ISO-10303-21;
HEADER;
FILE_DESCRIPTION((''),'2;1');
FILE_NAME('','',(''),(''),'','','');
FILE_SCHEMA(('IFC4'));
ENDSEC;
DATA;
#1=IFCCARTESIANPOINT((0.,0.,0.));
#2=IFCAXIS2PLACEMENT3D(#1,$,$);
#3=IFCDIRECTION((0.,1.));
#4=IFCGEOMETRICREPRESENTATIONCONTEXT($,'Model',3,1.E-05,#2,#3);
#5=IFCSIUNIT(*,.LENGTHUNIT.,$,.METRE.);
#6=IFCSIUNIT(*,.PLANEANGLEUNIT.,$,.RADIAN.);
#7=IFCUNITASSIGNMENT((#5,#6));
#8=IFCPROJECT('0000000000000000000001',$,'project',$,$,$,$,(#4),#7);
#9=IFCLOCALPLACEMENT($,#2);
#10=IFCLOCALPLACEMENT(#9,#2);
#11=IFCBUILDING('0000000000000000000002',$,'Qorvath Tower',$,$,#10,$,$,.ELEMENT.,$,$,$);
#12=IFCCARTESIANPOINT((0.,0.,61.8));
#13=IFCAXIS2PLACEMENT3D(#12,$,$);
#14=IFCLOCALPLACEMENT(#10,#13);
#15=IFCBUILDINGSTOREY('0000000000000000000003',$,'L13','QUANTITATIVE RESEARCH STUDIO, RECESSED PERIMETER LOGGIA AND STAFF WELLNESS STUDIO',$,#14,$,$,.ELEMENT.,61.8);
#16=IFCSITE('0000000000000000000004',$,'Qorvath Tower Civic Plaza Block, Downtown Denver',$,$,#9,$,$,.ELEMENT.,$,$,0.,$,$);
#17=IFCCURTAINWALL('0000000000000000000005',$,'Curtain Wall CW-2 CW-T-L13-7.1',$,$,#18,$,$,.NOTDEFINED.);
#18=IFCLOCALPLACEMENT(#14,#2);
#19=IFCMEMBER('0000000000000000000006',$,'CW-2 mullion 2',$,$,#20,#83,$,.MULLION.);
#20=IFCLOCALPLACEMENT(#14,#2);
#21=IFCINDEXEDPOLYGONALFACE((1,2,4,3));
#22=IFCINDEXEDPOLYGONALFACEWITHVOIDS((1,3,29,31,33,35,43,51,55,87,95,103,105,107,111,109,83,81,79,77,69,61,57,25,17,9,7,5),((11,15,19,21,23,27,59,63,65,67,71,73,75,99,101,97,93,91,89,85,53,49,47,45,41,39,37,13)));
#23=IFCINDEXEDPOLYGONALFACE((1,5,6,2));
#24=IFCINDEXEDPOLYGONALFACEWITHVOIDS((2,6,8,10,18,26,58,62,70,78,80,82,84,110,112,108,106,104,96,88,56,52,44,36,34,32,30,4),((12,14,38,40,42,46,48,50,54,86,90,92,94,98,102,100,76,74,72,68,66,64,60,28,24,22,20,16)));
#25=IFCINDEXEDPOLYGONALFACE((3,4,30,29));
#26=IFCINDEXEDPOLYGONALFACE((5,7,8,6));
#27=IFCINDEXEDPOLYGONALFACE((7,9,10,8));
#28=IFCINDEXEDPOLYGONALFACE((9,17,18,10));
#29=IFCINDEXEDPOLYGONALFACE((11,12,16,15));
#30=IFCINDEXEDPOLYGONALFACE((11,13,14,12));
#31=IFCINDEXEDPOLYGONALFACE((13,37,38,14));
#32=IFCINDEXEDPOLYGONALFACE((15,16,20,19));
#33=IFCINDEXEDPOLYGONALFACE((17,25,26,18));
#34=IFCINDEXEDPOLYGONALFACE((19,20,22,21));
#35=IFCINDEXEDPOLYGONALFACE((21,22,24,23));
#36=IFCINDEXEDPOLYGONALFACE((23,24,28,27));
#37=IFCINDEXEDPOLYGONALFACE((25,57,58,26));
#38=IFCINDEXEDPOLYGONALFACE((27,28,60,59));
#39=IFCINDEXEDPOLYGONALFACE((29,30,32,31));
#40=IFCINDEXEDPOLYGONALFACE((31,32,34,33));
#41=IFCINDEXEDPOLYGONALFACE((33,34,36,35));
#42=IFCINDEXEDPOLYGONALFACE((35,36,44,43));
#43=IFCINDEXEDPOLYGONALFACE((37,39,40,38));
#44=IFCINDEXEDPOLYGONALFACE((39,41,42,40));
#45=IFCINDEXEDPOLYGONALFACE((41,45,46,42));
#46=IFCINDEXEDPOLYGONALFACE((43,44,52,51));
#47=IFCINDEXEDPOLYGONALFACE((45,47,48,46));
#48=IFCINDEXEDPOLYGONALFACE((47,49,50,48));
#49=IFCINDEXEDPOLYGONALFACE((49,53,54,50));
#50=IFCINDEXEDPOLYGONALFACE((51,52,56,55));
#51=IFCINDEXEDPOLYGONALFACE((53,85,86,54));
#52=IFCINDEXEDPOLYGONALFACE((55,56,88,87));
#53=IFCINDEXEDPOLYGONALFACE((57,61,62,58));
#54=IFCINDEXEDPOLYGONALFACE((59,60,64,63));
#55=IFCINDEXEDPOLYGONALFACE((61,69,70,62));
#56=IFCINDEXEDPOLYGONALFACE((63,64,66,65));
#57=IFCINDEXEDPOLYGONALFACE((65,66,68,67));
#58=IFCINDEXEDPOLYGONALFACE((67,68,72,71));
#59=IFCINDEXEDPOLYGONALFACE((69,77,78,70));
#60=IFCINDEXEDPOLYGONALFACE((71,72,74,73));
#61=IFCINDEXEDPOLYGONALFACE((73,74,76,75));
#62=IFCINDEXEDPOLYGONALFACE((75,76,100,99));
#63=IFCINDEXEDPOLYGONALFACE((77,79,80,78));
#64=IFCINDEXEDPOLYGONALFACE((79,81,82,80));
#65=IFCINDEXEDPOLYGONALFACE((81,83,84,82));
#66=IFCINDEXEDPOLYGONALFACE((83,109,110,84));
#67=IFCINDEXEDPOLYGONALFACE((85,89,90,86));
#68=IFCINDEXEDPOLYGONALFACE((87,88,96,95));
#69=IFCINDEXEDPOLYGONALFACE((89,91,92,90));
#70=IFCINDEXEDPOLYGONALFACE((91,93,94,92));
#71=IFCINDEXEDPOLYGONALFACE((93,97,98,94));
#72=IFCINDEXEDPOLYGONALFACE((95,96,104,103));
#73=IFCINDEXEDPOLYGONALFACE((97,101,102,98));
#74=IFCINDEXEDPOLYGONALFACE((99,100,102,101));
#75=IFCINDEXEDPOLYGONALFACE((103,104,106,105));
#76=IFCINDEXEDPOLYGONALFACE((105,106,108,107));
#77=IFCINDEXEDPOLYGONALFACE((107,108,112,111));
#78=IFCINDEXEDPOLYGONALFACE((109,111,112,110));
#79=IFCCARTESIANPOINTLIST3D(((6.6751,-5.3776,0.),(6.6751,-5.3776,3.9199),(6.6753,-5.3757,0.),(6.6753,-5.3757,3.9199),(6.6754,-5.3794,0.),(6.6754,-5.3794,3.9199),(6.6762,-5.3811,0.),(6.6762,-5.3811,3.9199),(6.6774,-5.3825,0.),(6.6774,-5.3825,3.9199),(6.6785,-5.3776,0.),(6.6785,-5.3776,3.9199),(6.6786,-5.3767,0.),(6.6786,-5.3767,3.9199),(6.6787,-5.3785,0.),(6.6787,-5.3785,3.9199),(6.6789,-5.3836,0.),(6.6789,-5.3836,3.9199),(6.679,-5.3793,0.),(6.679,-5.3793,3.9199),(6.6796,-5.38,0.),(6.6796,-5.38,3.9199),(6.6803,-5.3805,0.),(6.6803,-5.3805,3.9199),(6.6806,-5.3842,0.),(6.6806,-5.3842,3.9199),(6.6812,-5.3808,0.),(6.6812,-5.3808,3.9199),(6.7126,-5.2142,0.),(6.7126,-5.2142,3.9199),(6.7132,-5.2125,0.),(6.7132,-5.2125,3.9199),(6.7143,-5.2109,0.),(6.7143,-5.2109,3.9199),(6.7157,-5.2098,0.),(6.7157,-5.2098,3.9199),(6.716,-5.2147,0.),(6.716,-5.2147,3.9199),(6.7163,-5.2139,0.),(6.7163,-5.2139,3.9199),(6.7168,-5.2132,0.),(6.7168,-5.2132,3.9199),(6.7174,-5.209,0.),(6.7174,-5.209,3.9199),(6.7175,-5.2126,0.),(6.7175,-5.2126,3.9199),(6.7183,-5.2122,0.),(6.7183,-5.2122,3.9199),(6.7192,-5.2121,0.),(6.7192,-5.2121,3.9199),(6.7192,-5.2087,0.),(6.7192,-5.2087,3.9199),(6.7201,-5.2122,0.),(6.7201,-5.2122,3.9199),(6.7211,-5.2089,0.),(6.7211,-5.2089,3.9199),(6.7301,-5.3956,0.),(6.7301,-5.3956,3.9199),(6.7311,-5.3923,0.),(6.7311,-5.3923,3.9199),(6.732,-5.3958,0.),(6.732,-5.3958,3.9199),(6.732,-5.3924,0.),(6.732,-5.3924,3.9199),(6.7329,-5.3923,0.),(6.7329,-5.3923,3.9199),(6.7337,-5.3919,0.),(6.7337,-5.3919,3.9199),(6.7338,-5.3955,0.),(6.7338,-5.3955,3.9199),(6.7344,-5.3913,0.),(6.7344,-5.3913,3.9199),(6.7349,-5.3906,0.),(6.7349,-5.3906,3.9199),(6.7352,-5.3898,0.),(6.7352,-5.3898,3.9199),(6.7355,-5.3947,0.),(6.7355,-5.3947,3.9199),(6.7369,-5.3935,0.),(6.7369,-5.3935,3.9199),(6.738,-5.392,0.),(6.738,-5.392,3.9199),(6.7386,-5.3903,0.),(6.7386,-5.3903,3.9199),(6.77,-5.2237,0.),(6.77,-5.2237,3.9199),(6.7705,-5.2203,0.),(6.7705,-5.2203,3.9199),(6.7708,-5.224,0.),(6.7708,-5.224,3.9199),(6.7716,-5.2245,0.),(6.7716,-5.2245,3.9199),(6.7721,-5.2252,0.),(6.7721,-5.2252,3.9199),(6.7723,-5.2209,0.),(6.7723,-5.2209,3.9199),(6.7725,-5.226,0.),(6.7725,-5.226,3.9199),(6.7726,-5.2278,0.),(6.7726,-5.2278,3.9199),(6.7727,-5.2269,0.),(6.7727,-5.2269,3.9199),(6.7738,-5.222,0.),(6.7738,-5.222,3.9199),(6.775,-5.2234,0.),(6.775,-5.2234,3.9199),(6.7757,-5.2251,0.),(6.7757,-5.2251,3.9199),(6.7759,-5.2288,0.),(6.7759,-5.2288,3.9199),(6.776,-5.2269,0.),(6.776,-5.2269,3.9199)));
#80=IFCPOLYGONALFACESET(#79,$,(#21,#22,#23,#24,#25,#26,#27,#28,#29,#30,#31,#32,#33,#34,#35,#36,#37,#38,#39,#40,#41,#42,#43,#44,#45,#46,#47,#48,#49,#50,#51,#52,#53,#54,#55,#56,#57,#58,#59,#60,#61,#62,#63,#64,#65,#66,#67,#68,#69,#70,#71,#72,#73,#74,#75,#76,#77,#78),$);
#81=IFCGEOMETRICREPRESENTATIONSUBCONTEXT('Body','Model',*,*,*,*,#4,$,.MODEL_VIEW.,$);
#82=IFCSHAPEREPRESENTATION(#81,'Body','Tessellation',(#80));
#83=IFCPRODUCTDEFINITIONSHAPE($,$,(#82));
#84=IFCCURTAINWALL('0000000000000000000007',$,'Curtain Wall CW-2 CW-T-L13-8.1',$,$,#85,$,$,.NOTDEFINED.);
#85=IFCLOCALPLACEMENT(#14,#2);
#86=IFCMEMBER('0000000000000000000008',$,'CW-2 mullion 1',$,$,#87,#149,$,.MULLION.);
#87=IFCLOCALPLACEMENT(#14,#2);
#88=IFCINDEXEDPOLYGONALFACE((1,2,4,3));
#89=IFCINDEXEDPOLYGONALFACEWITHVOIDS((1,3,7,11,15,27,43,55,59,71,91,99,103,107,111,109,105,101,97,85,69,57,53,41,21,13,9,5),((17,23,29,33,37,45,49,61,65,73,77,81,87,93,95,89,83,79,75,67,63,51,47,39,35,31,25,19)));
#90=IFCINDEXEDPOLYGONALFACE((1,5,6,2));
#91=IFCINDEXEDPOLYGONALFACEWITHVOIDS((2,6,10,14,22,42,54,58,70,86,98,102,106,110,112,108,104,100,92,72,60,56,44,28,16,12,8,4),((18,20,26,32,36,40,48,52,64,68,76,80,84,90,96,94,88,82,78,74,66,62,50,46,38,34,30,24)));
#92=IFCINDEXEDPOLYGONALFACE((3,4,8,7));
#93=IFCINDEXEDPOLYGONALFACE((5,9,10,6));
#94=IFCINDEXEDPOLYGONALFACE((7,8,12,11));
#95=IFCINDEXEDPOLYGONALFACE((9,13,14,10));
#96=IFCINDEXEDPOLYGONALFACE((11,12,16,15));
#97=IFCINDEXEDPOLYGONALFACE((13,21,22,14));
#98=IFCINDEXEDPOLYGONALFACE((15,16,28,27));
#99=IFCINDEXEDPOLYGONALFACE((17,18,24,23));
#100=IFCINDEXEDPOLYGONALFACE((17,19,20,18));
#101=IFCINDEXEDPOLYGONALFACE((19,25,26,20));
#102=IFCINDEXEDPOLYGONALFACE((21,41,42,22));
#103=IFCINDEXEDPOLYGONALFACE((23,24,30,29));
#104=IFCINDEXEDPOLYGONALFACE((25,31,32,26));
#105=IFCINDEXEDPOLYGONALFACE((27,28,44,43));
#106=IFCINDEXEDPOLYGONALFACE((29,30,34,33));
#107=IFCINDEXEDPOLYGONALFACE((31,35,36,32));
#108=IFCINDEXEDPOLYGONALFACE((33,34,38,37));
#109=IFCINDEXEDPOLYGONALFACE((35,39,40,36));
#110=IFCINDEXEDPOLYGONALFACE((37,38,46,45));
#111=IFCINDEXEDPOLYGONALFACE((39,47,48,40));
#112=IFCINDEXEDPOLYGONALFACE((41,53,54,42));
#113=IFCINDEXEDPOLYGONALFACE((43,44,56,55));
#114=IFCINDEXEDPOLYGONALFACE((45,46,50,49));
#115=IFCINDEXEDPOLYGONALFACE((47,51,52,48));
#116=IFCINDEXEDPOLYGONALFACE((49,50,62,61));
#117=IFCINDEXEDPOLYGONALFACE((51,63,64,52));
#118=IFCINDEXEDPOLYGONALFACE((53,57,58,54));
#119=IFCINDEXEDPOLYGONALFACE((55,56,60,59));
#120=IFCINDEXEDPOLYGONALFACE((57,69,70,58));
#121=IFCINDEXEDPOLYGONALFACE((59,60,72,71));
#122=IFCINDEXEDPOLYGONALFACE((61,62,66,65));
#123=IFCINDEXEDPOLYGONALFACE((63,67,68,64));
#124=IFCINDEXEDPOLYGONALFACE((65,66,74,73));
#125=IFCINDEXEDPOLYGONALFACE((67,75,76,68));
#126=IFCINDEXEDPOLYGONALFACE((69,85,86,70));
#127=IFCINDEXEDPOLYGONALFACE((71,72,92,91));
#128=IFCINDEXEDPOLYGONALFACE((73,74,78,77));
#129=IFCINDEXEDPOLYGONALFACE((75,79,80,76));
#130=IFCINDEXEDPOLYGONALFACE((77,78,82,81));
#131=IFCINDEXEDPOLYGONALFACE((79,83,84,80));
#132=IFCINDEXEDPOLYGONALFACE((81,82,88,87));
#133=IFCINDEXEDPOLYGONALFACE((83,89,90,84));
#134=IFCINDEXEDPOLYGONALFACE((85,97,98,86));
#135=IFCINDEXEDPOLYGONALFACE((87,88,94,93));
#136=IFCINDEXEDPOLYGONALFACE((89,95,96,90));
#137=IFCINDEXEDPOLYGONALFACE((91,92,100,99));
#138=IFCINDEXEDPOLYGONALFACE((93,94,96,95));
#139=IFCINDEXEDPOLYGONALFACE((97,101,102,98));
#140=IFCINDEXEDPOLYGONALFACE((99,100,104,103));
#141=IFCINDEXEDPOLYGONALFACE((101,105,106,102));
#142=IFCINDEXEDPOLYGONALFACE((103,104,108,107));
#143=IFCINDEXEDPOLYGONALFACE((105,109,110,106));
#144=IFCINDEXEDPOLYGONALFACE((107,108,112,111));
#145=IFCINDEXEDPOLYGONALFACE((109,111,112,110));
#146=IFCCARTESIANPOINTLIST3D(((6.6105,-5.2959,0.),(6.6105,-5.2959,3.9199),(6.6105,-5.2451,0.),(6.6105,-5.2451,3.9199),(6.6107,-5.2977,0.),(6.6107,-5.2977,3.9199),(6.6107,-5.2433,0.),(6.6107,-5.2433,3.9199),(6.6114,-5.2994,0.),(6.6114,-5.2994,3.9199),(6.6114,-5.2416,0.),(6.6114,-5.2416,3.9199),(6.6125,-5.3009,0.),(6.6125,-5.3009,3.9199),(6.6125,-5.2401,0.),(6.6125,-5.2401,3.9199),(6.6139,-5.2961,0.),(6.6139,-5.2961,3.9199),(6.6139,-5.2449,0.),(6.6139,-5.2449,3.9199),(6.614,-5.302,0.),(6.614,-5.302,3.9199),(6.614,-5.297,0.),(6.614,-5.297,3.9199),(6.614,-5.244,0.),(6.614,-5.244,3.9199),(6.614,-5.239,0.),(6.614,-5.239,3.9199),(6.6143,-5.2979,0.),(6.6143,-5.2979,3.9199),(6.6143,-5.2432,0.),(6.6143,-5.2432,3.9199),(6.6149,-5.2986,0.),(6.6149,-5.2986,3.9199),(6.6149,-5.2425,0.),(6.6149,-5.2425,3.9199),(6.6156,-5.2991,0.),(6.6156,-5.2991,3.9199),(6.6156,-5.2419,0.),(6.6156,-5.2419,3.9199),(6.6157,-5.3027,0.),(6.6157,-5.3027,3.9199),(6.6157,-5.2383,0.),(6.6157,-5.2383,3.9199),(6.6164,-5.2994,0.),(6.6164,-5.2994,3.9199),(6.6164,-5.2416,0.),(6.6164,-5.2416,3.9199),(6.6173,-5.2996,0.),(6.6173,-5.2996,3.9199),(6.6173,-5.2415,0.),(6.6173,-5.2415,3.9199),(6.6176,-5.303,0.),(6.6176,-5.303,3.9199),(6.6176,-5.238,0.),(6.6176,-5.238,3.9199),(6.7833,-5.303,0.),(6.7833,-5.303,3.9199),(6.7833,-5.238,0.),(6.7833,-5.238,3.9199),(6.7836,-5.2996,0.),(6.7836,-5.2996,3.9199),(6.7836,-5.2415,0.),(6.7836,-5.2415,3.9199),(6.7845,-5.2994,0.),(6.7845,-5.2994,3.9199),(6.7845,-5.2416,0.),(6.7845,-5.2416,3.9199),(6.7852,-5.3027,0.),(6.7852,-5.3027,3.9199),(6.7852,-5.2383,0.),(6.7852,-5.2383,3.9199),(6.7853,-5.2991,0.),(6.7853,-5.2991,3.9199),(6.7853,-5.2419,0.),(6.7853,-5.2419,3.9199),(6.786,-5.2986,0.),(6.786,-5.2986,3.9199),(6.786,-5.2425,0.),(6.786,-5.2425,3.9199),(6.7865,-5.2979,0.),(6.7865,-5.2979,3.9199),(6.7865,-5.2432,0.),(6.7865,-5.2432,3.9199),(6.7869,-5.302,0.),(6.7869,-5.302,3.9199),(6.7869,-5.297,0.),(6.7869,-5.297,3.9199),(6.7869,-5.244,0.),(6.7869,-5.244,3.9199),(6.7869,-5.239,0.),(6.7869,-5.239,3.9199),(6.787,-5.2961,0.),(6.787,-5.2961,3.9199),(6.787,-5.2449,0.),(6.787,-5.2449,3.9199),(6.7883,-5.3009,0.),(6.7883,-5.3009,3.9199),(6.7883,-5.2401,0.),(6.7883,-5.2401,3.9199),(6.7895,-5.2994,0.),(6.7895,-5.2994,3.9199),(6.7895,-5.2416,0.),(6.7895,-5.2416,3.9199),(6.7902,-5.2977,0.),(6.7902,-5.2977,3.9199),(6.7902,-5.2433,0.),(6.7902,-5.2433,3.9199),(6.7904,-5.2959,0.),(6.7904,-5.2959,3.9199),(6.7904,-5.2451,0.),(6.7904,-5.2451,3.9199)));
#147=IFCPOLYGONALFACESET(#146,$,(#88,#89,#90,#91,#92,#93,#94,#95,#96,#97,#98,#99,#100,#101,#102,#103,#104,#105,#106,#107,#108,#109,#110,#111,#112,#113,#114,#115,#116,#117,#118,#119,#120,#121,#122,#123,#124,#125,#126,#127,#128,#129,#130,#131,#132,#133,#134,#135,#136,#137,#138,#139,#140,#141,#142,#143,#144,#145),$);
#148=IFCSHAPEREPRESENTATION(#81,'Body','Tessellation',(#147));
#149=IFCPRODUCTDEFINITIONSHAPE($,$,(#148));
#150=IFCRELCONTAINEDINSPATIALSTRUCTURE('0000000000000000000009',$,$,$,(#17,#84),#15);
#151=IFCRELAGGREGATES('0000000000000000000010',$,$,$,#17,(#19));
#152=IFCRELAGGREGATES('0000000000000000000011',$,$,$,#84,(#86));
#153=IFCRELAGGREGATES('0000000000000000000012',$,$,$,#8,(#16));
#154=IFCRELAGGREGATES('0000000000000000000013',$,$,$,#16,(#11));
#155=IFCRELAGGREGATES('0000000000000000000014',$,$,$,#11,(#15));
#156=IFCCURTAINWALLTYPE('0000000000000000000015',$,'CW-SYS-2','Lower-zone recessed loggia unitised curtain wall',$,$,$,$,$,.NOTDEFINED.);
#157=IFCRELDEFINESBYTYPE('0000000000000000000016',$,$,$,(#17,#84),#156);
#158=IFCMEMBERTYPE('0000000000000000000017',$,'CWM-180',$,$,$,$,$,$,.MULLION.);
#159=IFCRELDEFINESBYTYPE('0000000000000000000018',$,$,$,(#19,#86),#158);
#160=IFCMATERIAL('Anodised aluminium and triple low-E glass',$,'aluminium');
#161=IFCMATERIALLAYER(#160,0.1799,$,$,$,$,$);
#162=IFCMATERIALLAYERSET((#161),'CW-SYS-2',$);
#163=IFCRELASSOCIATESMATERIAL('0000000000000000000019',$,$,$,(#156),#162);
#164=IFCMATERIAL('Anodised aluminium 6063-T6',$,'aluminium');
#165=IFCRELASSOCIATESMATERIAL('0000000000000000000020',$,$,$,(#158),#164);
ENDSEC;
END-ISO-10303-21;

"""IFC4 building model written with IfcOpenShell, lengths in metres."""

from ifc_helpers import new_model, si_unit, direction, frame, origin, origin_2d, place, context, subcontext, project, spatial, hollow_rectangle, extrude, material, layer, layer_set, material_profile, profile_set, type_object, element, aggregate, save


model = new_model("IFC4")

# Units and contexts
model_context = context("Model", 3, precision=1e-05, world=origin(), true_north=direction((0.0, 1.0)))
body_context = subcontext(model_context, "Body", "Model", "MODEL_VIEW")
ifc_project = project(units=[si_unit("LENGTHUNIT", "METRE"), si_unit("PLANEANGLEUNIT", "RADIAN")], contexts=[model_context])

# Site, building, storey
site_placement = place(None, origin())
site = spatial("IfcSite", under=ifc_project, at=site_placement, Name="Qorvath Tower Civic Plaza Block, Downtown Denver", CompositionType="ELEMENT", RefElevation=0.0)
building_placement = place(site_placement, origin())
building = spatial("IfcBuilding", under=site, at=building_placement, Name="Qorvath Tower", CompositionType="ELEMENT")
storey_placement = place(building_placement, frame((0.0, 0.0, 61.8)))
storey = spatial("IfcBuildingStorey", under=building, at=storey_placement, Name="L13", Description="QUANTITATIVE RESEARCH STUDIO, RECESSED PERIMETER LOGGIA AND STAFF WELLNESS STUDIO", CompositionType="ELEMENT", Elevation=61.8)

# Shared definitions
ifc_material_1 = material(Name="Anodised aluminium and triple low-E glass", Category="aluminium")
ifc_layer_1 = layer(ifc_material_1, 0.1799)
ifc_layer_set_1 = layer_set([ifc_layer_1], Name="CW-SYS-2")
curtain_wall_type = type_object("IfcCurtainWallType", Name="CW-SYS-2", Description="Lower-zone recessed loggia unitised curtain wall", PredefinedType="NOTDEFINED", material=ifc_layer_set_1)
ifc_material_2 = material(Name="Anodised aluminium 6063-T6", Category="aluminium")
ifc_material_profile_1 = material_profile(ifc_material_2, hollow_rectangle(XDim=0.0649, YDim=0.1799, WallThickness=0.0034, InnerFilletRadius=0.0034, OuterFilletRadius=0.0071, at=origin_2d()), Name="CWM 180x65")
ifc_profile_set_1 = profile_set([ifc_material_profile_1], Name="Anodised aluminium 6063-T6")
member_type_1 = type_object("IfcMemberType", Name="CWM-180", PredefinedType="MULLION", material=ifc_profile_set_1)

# Curtain walls, members
curtain_wall_1_placement = place(storey_placement, origin())
curtain_wall_1 = element("IfcCurtainWall", 1, at=curtain_wall_1_placement, inside=storey, type_object=curtain_wall_type, Name="Curtain Wall CW-2 CW-T-L13-7.1", PredefinedType="NOTDEFINED")
member_1_placement = place(storey_placement, frame((6.7256, -5.3022, 0.0), z_axis=(0.0, 0.0, 1.0), x_axis=(-0.974427, 0.224705, 0.0)))
member_1 = element("IfcMember", 2, at=member_1_placement, type_object=member_type_1, Name="CW-2 mullion 2", PredefinedType="MULLION", context=body_context, shape_type="SweptSolid", body=[
    extrude(hollow_rectangle(XDim=0.0649, YDim=0.1799, WallThickness=0.0034, InnerFilletRadius=0.0034, OuterFilletRadius=0.0071, at=origin_2d()), origin(), (0.0, 0.0, 1.0), 3.9199),
])
curtain_wall_2_placement = place(storey_placement, origin())
curtain_wall_2 = element("IfcCurtainWall", 3, at=curtain_wall_2_placement, inside=storey, type_object=curtain_wall_type, Name="Curtain Wall CW-2 CW-T-L13-8.1", PredefinedType="NOTDEFINED")
member_2_placement = place(storey_placement, frame((6.7004, -5.2705, 0.0), z_axis=(0.0, 0.0, 1.0), x_axis=(0.0, -1.0, 0.0)))
member_2 = element("IfcMember", 4, at=member_2_placement, type_object=member_type_1, Name="CW-2 mullion 1", PredefinedType="MULLION", context=body_context, shape_type="SweptSolid", body=[
    extrude(hollow_rectangle(XDim=0.0649, YDim=0.1799, WallThickness=0.0034, InnerFilletRadius=0.0034, OuterFilletRadius=0.0071, at=origin_2d()), origin(), (0.0, 0.0, 1.0), 3.9199),
])

aggregate(curtain_wall_1, [member_1])
aggregate(curtain_wall_2, [member_2])

save(model, "model.ifc")
